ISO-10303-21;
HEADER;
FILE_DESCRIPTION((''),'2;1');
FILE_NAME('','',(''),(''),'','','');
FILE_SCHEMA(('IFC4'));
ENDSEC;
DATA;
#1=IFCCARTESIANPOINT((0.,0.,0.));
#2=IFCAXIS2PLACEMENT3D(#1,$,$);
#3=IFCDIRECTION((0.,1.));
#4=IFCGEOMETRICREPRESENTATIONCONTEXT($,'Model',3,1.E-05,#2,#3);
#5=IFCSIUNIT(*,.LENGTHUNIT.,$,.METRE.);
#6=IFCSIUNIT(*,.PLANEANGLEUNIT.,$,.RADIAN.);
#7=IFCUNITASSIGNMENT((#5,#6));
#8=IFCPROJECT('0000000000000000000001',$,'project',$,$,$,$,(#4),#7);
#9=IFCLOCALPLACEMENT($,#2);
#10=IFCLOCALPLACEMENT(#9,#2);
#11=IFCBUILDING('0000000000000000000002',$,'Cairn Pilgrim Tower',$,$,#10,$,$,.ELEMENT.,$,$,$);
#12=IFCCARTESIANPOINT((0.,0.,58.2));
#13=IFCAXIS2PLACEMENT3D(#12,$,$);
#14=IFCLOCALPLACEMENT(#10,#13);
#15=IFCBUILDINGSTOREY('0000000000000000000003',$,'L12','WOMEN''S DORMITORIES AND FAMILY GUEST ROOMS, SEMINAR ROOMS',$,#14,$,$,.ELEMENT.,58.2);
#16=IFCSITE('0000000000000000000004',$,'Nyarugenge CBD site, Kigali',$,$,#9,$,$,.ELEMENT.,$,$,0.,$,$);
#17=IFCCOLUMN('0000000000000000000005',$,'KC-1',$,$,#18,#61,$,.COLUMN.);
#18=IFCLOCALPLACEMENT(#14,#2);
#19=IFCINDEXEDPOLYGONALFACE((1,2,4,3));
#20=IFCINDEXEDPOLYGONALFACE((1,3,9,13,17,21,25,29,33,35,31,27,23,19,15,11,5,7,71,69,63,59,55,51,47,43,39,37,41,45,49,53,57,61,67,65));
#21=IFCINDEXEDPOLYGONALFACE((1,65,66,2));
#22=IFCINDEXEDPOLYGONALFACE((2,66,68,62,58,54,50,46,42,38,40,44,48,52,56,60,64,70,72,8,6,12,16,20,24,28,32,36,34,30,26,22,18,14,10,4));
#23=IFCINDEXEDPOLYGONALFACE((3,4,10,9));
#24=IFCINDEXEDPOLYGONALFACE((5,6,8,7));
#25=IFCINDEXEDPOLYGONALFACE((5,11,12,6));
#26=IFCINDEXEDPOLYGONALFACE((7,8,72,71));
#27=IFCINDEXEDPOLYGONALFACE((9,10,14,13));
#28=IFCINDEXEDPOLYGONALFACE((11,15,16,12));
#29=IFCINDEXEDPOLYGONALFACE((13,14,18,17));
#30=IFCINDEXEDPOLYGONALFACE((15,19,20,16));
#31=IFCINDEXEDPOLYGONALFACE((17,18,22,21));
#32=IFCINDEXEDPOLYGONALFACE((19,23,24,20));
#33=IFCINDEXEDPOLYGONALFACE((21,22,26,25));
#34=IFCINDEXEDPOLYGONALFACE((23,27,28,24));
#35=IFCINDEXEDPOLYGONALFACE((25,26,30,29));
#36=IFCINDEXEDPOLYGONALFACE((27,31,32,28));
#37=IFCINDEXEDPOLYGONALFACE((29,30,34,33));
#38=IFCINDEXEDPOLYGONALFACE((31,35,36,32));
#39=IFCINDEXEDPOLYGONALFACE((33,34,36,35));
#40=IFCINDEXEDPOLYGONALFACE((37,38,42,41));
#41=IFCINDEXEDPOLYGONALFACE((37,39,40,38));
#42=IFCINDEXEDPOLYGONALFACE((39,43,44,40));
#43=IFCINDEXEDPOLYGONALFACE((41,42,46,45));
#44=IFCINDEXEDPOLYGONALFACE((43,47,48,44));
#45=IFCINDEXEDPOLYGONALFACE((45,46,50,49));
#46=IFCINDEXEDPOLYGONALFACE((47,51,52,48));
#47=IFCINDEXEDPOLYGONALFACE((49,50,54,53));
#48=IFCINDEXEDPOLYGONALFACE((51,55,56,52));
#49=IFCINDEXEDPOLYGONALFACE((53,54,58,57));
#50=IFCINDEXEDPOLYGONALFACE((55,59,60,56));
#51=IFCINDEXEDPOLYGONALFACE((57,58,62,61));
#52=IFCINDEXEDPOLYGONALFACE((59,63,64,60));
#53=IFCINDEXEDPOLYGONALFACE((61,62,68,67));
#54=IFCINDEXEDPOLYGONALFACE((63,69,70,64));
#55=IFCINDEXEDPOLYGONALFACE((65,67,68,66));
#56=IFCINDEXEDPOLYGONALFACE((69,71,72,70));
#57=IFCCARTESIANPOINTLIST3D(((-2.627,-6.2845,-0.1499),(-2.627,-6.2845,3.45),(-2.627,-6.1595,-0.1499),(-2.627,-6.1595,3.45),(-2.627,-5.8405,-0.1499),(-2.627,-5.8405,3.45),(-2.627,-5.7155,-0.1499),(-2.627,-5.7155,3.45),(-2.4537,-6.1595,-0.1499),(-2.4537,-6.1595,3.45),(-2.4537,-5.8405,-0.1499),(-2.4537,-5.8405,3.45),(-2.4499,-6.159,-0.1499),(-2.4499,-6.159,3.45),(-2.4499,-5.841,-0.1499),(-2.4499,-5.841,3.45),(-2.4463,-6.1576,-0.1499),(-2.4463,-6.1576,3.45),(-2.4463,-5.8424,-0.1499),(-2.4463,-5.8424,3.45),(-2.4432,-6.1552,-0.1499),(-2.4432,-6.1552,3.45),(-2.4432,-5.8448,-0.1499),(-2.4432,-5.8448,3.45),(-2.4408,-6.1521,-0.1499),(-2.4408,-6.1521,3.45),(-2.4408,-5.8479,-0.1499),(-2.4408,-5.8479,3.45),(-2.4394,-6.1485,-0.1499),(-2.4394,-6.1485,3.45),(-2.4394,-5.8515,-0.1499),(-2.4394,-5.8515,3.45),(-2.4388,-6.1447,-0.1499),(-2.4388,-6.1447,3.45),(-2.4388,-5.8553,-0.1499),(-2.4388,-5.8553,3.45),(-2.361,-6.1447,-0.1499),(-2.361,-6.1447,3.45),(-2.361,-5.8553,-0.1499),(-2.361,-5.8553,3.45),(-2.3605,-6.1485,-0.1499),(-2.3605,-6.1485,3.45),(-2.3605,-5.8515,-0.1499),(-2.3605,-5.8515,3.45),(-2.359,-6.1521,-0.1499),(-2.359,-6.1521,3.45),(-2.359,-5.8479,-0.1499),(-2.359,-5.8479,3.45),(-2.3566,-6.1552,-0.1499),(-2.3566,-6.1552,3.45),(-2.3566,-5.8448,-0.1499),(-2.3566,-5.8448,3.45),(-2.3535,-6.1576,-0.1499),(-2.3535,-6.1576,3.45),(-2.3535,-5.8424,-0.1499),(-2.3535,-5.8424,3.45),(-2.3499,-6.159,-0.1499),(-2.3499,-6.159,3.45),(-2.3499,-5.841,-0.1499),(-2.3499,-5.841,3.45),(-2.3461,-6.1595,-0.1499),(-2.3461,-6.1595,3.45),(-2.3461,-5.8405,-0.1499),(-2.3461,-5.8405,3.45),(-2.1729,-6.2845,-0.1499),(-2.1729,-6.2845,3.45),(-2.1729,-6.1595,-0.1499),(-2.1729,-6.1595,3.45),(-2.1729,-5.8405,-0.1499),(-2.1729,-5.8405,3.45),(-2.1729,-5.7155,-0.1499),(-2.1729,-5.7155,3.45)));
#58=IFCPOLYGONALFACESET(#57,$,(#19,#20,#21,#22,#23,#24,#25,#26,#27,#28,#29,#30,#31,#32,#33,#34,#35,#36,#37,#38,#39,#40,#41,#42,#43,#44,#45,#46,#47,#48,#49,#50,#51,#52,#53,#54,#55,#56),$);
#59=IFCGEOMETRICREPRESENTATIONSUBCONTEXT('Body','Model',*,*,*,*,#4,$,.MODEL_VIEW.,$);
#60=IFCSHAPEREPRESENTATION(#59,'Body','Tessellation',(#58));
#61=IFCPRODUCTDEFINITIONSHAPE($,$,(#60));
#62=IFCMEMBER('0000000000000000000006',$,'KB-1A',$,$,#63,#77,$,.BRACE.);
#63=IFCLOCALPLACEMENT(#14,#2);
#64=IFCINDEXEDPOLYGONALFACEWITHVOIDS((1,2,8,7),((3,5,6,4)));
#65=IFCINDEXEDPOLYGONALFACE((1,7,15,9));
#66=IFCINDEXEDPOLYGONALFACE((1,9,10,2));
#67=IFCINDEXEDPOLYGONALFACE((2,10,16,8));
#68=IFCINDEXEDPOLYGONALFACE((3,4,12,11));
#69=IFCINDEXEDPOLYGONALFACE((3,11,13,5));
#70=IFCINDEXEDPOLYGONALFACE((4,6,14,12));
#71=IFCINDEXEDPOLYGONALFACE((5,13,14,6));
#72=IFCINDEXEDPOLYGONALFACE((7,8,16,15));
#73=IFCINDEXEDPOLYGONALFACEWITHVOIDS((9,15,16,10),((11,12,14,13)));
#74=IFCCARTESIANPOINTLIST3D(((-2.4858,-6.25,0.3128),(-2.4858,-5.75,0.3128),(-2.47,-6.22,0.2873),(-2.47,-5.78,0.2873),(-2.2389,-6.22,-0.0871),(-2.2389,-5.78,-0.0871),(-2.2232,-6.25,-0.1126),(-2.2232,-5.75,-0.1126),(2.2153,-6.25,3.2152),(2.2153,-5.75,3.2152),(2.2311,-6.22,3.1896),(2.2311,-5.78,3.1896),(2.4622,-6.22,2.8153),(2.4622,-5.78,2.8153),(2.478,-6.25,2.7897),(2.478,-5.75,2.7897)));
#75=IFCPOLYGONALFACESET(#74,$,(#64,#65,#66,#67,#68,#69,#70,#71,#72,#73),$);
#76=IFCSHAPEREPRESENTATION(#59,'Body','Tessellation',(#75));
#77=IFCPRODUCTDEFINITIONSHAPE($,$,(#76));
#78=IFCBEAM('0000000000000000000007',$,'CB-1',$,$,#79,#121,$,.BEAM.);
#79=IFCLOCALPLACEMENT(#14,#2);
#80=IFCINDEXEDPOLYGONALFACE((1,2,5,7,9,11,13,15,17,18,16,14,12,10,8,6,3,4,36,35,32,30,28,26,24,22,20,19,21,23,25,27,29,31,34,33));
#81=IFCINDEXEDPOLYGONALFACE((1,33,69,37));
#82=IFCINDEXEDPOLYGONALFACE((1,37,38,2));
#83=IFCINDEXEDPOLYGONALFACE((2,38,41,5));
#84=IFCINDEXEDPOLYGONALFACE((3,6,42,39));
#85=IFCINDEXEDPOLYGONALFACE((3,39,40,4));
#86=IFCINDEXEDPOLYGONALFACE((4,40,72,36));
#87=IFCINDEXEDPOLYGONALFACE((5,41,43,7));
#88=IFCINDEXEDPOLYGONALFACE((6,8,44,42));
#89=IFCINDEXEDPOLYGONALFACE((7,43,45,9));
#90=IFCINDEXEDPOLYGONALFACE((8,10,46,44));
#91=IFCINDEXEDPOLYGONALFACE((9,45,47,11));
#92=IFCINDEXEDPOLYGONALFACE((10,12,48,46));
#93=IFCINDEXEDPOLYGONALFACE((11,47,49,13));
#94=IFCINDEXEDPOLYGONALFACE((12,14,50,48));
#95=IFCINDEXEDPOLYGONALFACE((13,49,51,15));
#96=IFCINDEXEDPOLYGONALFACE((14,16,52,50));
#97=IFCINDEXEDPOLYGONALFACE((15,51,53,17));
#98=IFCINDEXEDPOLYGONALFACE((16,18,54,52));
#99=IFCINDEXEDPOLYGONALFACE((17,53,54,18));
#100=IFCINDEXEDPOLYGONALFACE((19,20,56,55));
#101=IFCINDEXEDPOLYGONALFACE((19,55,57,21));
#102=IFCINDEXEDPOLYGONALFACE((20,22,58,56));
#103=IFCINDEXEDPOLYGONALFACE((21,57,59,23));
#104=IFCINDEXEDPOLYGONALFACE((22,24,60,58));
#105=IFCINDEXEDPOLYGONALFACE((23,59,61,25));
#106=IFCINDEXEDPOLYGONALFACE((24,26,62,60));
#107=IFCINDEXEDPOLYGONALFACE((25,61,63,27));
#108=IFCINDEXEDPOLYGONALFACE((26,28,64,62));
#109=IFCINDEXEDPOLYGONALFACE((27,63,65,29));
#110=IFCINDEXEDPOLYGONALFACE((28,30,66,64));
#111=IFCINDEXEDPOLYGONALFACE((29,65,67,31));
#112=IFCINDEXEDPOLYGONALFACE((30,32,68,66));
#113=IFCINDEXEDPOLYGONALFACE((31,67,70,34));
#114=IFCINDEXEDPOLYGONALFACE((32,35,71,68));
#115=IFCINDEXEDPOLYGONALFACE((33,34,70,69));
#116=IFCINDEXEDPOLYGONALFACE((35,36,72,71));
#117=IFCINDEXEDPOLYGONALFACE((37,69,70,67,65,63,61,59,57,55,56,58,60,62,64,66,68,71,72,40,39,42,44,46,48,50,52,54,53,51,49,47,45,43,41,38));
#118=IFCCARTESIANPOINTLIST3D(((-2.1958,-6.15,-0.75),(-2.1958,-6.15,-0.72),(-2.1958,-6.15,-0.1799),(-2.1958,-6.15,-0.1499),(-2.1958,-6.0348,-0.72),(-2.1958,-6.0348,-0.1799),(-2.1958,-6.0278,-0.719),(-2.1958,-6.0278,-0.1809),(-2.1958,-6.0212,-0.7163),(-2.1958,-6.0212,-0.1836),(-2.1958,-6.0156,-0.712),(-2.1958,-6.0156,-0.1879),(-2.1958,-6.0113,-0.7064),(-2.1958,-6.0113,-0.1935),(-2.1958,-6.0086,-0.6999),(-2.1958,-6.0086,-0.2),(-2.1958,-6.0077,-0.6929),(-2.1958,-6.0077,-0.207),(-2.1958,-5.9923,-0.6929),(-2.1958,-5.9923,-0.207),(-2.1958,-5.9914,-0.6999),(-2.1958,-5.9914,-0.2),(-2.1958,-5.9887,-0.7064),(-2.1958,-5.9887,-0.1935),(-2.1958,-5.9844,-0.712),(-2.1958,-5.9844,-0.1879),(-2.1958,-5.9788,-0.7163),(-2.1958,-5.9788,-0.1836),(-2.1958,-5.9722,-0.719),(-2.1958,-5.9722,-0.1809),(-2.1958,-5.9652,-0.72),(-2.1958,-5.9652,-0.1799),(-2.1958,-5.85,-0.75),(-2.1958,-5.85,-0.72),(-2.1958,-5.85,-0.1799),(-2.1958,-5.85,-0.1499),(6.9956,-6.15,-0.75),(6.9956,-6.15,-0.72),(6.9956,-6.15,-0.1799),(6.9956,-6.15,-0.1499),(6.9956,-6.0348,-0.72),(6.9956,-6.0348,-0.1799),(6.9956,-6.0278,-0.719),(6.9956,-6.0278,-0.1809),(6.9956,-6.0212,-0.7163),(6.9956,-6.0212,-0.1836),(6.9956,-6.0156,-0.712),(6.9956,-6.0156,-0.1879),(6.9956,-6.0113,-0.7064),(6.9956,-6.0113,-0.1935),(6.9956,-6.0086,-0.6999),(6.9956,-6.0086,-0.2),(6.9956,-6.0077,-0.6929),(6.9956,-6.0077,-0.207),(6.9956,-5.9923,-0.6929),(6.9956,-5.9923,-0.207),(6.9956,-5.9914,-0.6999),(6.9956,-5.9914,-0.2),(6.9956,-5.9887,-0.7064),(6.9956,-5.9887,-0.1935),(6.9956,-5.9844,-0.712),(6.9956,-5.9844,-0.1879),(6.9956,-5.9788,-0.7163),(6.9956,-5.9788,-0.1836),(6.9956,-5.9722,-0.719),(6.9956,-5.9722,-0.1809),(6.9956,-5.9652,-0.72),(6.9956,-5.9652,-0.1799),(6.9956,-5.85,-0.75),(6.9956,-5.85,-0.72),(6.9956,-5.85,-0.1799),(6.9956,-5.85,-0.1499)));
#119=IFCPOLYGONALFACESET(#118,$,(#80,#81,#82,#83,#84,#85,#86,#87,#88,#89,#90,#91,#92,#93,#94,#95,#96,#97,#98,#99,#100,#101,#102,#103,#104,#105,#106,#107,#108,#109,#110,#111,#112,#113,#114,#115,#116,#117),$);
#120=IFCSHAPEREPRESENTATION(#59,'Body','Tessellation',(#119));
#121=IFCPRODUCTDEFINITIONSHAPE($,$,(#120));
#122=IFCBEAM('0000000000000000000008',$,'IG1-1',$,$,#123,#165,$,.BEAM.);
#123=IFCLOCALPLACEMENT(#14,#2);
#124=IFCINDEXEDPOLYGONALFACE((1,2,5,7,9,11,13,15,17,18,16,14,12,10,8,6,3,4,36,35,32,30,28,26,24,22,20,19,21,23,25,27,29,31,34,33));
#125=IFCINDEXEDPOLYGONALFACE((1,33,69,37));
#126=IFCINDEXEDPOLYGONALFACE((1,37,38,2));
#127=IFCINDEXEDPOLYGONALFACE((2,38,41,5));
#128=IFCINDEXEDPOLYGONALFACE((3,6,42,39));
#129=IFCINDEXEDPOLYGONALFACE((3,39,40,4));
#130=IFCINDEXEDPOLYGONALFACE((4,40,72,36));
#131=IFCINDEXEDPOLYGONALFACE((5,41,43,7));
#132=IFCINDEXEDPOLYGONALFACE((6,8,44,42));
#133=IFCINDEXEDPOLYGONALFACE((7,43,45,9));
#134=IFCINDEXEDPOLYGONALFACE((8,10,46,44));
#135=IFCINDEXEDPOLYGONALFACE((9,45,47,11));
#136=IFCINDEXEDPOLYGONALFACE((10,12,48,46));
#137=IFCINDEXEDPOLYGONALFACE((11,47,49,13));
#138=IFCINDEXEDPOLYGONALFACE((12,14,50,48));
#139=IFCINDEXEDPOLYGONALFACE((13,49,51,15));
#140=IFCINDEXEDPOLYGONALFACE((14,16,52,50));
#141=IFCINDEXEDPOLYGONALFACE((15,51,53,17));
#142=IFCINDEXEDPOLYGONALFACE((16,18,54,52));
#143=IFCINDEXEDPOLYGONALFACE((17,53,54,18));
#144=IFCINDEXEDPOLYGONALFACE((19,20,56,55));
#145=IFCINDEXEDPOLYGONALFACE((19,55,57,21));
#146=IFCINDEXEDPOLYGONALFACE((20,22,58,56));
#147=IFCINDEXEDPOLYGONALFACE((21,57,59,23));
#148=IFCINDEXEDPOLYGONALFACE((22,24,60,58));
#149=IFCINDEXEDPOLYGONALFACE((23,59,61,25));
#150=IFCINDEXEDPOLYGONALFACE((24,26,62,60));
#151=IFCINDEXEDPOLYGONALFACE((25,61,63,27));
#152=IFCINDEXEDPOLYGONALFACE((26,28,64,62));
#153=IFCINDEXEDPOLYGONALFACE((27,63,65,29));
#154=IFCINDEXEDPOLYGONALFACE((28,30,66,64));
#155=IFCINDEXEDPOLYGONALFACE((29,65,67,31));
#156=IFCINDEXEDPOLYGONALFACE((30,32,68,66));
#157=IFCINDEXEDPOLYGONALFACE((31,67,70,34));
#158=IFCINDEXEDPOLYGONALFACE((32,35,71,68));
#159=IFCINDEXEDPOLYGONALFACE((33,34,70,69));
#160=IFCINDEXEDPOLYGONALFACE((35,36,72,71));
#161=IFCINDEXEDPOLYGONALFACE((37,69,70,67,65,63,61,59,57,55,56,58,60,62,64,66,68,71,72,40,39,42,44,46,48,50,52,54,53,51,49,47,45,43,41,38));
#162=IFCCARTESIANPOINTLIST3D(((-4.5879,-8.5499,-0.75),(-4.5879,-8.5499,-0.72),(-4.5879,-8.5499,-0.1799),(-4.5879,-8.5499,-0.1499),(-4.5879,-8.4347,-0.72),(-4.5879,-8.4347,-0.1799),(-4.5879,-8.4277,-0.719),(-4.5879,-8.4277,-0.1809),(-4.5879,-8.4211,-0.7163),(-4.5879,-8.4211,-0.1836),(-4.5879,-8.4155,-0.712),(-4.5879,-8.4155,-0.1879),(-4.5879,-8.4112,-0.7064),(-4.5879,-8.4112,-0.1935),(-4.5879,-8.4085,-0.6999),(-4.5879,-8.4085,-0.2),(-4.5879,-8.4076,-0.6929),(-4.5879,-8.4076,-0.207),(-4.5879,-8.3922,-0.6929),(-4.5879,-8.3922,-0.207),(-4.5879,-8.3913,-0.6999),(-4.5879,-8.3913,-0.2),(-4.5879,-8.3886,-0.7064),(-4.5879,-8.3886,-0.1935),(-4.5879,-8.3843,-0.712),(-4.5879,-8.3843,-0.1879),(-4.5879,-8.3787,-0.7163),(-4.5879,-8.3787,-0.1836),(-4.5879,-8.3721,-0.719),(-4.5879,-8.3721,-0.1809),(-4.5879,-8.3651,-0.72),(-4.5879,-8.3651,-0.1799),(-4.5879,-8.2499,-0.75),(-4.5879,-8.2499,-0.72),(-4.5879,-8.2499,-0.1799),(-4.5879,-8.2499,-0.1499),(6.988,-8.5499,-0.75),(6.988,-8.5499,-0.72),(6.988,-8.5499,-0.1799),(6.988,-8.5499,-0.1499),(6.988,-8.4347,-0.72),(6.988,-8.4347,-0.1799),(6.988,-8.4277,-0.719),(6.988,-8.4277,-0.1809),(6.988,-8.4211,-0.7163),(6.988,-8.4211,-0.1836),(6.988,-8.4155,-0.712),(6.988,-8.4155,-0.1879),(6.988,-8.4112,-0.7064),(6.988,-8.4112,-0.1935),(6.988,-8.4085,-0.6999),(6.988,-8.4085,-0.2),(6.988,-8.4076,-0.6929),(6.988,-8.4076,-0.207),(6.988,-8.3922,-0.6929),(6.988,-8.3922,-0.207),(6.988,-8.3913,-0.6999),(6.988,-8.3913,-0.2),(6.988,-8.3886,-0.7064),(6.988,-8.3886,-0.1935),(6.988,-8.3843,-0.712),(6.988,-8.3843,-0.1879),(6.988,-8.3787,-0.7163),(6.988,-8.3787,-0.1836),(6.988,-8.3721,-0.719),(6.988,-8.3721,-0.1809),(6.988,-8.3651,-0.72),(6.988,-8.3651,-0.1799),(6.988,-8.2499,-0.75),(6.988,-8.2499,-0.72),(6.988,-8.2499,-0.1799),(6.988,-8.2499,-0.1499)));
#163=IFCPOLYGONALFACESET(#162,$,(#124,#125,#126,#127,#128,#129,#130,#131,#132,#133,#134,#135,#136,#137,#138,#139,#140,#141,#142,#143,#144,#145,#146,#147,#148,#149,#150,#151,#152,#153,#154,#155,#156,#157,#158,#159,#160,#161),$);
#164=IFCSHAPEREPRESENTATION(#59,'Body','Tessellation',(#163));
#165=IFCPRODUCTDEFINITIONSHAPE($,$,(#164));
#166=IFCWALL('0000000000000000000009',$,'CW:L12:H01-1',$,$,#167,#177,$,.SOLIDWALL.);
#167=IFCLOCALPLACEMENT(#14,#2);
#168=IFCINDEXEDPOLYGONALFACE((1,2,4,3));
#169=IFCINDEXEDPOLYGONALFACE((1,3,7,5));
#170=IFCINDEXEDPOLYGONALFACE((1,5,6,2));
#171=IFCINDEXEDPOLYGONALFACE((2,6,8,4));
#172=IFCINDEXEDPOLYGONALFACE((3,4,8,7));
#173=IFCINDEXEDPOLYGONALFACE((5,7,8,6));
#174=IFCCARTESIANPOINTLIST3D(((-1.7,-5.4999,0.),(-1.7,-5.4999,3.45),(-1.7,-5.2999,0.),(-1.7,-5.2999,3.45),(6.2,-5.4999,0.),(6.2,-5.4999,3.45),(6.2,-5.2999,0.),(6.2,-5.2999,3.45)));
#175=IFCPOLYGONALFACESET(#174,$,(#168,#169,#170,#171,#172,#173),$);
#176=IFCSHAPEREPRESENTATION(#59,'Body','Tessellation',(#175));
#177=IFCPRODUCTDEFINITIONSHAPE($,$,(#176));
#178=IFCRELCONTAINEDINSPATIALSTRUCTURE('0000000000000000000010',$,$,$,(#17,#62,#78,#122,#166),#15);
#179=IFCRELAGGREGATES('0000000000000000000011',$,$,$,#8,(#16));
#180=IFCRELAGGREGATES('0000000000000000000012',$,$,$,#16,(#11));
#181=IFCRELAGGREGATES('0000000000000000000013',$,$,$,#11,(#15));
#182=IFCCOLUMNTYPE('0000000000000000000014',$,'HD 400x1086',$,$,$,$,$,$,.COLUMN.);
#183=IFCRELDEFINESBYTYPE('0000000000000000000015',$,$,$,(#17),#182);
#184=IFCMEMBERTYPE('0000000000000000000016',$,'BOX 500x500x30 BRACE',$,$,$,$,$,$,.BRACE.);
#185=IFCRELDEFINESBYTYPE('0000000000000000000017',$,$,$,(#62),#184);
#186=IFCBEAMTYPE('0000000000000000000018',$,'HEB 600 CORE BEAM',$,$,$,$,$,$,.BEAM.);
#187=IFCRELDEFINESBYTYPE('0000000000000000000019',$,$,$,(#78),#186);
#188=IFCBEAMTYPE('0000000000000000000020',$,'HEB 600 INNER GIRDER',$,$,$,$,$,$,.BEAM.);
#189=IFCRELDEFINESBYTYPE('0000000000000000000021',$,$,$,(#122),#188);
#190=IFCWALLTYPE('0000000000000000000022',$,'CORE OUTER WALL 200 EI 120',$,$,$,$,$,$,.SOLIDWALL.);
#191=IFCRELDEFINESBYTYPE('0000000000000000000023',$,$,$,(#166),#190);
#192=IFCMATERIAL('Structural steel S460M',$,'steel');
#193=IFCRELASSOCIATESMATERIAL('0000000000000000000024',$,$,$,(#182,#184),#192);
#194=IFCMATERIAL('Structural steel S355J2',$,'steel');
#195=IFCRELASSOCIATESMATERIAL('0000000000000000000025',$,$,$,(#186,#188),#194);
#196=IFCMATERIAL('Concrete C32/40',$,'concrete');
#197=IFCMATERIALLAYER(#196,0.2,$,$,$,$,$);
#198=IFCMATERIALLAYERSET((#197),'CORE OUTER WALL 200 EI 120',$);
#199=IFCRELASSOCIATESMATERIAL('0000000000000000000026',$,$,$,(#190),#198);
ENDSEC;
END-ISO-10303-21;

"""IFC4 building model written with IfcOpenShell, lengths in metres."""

from ifc_helpers import new_model, si_unit, direction, frame, frame_2d, origin, origin_2d, place, context, subcontext, project, spatial, rectangle, hollow_rectangle, i_section, extrude, material, layer, layer_set, material_profile, profile_set, type_object, element, save


model = new_model("IFC4")

# Units and contexts
model_context = context("Model", 3, precision=1e-05, world=origin(), true_north=direction((0.0, 1.0)))
body_context = subcontext(model_context, "Body", "Model", "MODEL_VIEW")
ifc_project = project(units=[si_unit("LENGTHUNIT", "METRE"), si_unit("PLANEANGLEUNIT", "RADIAN")], contexts=[model_context])

# Site, building, storey
site_placement = place(None, origin())
site = spatial("IfcSite", under=ifc_project, at=site_placement, Name="Nyarugenge CBD site, Kigali", CompositionType="ELEMENT", RefElevation=0.0)
building_placement = place(site_placement, origin())
building = spatial("IfcBuilding", under=site, at=building_placement, Name="Cairn Pilgrim Tower", CompositionType="ELEMENT")
storey_placement = place(building_placement, frame((0.0, 0.0, 58.2)))
storey = spatial("IfcBuildingStorey", under=building, at=storey_placement, Name="L12", Description="WOMEN'S DORMITORIES AND FAMILY GUEST ROOMS, SEMINAR ROOMS", CompositionType="ELEMENT", Elevation=58.2)

# Column
ifc_material_1 = material(Name="Structural steel S460M", Category="steel")
ifc_material_profile_1 = material_profile(ifc_material_1, i_section(OverallWidth=0.4541, OverallDepth=0.5691, WebThickness=0.0779, FlangeThickness=0.125, FilletRadius=0.0149, at=origin_2d()), Name="HD 400x1086")
ifc_profile_set_1 = profile_set([ifc_material_profile_1], Name="Structural steel S460M")
column_type = type_object("IfcColumnType", Name="HD 400x1086", PredefinedType="COLUMN", material=ifc_profile_set_1)
column_placement = place(storey_placement, frame((-2.3999, -6.0, -0.1499), z_axis=(0.0, 0.0, 1.0), x_axis=(1.0, 0.0, 0.0)))
element("IfcColumn", 1, at=column_placement, inside=storey, type_object=column_type, Name="KC-1", PredefinedType="COLUMN", context=body_context, shape_type="SweptSolid", body=[
    extrude(i_section(OverallWidth=0.4541, OverallDepth=0.5691, WebThickness=0.0779, FlangeThickness=0.125, FilletRadius=0.0149, at=origin_2d()), origin(), (0.0, 0.0, 1.0), 3.5999),
])

# Member
ifc_material_profile_2 = material_profile(ifc_material_1, hollow_rectangle(XDim=0.5, YDim=0.5, WallThickness=0.03, at=origin_2d()), Name="BOX 500x500x30")
ifc_profile_set_2 = profile_set([ifc_material_profile_2], Name="Structural steel S460M")
member_type = type_object("IfcMemberType", Name="BOX 500x500x30 BRACE", PredefinedType="BRACE", material=ifc_profile_set_2)
member_placement = place(storey_placement, frame((-2.3545, -6.0, 0.1001), z_axis=(0.850905, 0.0, 0.52532), x_axis=(0.0, 1.0, 0.0)))
element("IfcMember", 2, at=member_placement, inside=storey, type_object=member_type, Name="KB-1A", PredefinedType="BRACE", context=body_context, shape_type="SweptSolid", body=[
    extrude(hollow_rectangle(XDim=0.5, YDim=0.5, WallThickness=0.03, at=origin_2d()), origin(), (0.0, 0.0, 1.0), 5.5249),
])

# Beams
ifc_material_2 = material(Name="Structural steel S355J2", Category="steel")
ifc_material_profile_3 = material_profile(ifc_material_2, i_section(OverallWidth=0.3, OverallDepth=0.6001, WebThickness=0.0154, FlangeThickness=0.03, FilletRadius=0.0271, at=origin_2d()), Name="HEB 600")
ifc_profile_set_3 = profile_set([ifc_material_profile_3], Name="Structural steel S355J2")
beam_type_1 = type_object("IfcBeamType", Name="HEB 600 CORE BEAM", PredefinedType="BEAM", material=ifc_profile_set_3)
beam_1_placement = place(storey_placement, frame((-2.1958, -6.0, -0.45), z_axis=(1.0, 0.0, 0.0), x_axis=(0.0, 1.0, 0.0)))
element("IfcBeam", 3, at=beam_1_placement, inside=storey, type_object=beam_type_1, Name="CB-1", PredefinedType="BEAM", context=body_context, shape_type="SweptSolid", body=[
    extrude(i_section(OverallWidth=0.3, OverallDepth=0.6001, WebThickness=0.0154, FlangeThickness=0.03, FilletRadius=0.0271, at=origin_2d()), origin(), (0.0, 0.0, 1.0), 9.1914),
])
ifc_material_profile_4 = material_profile(ifc_material_2, i_section(OverallWidth=0.3, OverallDepth=0.6001, WebThickness=0.0154, FlangeThickness=0.03, FilletRadius=0.0271, at=origin_2d()), Name="HEB 600")
ifc_profile_set_4 = profile_set([ifc_material_profile_4], Name="Structural steel S355J2")
beam_type_2 = type_object("IfcBeamType", Name="HEB 600 INNER GIRDER", PredefinedType="BEAM", material=ifc_profile_set_4)
beam_2_placement = place(storey_placement, frame((-4.5879, -8.3999, -0.45), z_axis=(1.0, 0.0, 0.0), x_axis=(0.0, 1.0, 0.0)))
element("IfcBeam", 4, at=beam_2_placement, inside=storey, type_object=beam_type_2, Name="IG1-1", PredefinedType="BEAM", context=body_context, shape_type="SweptSolid", body=[
    extrude(i_section(OverallWidth=0.3, OverallDepth=0.6001, WebThickness=0.0154, FlangeThickness=0.03, FilletRadius=0.0271, at=origin_2d()), origin(), (0.0, 0.0, 1.0), 11.5759),
])

# Wall
ifc_material_3 = material(Name="Concrete C32/40", Category="concrete")
ifc_layer_1 = layer(ifc_material_3, 0.2)
ifc_layer_set_1 = layer_set([ifc_layer_1], Name="CORE OUTER WALL 200 EI 120")
wall_type_1 = type_object("IfcWallType", Name="CORE OUTER WALL 200 EI 120", PredefinedType="SOLIDWALL", material=ifc_layer_set_1)
wall_1_placement = place(storey_placement, frame((-1.7, -5.3999, 0.0), z_axis=(0.0, 0.0, 1.0), x_axis=(1.0, 0.0, 0.0)))
element("IfcWall", 5, at=wall_1_placement, inside=storey, type_object=wall_type_1, Name="CW:L12:H01-1", PredefinedType="SOLIDWALL", context=body_context, shape_type="SweptSolid", body=[
    extrude(rectangle(XDim=7.8999, YDim=0.2, at=frame_2d((3.95, 0.0))), origin(), (0.0, 0.0, 1.0), 3.45),
])

save(model, "model.ifc")
